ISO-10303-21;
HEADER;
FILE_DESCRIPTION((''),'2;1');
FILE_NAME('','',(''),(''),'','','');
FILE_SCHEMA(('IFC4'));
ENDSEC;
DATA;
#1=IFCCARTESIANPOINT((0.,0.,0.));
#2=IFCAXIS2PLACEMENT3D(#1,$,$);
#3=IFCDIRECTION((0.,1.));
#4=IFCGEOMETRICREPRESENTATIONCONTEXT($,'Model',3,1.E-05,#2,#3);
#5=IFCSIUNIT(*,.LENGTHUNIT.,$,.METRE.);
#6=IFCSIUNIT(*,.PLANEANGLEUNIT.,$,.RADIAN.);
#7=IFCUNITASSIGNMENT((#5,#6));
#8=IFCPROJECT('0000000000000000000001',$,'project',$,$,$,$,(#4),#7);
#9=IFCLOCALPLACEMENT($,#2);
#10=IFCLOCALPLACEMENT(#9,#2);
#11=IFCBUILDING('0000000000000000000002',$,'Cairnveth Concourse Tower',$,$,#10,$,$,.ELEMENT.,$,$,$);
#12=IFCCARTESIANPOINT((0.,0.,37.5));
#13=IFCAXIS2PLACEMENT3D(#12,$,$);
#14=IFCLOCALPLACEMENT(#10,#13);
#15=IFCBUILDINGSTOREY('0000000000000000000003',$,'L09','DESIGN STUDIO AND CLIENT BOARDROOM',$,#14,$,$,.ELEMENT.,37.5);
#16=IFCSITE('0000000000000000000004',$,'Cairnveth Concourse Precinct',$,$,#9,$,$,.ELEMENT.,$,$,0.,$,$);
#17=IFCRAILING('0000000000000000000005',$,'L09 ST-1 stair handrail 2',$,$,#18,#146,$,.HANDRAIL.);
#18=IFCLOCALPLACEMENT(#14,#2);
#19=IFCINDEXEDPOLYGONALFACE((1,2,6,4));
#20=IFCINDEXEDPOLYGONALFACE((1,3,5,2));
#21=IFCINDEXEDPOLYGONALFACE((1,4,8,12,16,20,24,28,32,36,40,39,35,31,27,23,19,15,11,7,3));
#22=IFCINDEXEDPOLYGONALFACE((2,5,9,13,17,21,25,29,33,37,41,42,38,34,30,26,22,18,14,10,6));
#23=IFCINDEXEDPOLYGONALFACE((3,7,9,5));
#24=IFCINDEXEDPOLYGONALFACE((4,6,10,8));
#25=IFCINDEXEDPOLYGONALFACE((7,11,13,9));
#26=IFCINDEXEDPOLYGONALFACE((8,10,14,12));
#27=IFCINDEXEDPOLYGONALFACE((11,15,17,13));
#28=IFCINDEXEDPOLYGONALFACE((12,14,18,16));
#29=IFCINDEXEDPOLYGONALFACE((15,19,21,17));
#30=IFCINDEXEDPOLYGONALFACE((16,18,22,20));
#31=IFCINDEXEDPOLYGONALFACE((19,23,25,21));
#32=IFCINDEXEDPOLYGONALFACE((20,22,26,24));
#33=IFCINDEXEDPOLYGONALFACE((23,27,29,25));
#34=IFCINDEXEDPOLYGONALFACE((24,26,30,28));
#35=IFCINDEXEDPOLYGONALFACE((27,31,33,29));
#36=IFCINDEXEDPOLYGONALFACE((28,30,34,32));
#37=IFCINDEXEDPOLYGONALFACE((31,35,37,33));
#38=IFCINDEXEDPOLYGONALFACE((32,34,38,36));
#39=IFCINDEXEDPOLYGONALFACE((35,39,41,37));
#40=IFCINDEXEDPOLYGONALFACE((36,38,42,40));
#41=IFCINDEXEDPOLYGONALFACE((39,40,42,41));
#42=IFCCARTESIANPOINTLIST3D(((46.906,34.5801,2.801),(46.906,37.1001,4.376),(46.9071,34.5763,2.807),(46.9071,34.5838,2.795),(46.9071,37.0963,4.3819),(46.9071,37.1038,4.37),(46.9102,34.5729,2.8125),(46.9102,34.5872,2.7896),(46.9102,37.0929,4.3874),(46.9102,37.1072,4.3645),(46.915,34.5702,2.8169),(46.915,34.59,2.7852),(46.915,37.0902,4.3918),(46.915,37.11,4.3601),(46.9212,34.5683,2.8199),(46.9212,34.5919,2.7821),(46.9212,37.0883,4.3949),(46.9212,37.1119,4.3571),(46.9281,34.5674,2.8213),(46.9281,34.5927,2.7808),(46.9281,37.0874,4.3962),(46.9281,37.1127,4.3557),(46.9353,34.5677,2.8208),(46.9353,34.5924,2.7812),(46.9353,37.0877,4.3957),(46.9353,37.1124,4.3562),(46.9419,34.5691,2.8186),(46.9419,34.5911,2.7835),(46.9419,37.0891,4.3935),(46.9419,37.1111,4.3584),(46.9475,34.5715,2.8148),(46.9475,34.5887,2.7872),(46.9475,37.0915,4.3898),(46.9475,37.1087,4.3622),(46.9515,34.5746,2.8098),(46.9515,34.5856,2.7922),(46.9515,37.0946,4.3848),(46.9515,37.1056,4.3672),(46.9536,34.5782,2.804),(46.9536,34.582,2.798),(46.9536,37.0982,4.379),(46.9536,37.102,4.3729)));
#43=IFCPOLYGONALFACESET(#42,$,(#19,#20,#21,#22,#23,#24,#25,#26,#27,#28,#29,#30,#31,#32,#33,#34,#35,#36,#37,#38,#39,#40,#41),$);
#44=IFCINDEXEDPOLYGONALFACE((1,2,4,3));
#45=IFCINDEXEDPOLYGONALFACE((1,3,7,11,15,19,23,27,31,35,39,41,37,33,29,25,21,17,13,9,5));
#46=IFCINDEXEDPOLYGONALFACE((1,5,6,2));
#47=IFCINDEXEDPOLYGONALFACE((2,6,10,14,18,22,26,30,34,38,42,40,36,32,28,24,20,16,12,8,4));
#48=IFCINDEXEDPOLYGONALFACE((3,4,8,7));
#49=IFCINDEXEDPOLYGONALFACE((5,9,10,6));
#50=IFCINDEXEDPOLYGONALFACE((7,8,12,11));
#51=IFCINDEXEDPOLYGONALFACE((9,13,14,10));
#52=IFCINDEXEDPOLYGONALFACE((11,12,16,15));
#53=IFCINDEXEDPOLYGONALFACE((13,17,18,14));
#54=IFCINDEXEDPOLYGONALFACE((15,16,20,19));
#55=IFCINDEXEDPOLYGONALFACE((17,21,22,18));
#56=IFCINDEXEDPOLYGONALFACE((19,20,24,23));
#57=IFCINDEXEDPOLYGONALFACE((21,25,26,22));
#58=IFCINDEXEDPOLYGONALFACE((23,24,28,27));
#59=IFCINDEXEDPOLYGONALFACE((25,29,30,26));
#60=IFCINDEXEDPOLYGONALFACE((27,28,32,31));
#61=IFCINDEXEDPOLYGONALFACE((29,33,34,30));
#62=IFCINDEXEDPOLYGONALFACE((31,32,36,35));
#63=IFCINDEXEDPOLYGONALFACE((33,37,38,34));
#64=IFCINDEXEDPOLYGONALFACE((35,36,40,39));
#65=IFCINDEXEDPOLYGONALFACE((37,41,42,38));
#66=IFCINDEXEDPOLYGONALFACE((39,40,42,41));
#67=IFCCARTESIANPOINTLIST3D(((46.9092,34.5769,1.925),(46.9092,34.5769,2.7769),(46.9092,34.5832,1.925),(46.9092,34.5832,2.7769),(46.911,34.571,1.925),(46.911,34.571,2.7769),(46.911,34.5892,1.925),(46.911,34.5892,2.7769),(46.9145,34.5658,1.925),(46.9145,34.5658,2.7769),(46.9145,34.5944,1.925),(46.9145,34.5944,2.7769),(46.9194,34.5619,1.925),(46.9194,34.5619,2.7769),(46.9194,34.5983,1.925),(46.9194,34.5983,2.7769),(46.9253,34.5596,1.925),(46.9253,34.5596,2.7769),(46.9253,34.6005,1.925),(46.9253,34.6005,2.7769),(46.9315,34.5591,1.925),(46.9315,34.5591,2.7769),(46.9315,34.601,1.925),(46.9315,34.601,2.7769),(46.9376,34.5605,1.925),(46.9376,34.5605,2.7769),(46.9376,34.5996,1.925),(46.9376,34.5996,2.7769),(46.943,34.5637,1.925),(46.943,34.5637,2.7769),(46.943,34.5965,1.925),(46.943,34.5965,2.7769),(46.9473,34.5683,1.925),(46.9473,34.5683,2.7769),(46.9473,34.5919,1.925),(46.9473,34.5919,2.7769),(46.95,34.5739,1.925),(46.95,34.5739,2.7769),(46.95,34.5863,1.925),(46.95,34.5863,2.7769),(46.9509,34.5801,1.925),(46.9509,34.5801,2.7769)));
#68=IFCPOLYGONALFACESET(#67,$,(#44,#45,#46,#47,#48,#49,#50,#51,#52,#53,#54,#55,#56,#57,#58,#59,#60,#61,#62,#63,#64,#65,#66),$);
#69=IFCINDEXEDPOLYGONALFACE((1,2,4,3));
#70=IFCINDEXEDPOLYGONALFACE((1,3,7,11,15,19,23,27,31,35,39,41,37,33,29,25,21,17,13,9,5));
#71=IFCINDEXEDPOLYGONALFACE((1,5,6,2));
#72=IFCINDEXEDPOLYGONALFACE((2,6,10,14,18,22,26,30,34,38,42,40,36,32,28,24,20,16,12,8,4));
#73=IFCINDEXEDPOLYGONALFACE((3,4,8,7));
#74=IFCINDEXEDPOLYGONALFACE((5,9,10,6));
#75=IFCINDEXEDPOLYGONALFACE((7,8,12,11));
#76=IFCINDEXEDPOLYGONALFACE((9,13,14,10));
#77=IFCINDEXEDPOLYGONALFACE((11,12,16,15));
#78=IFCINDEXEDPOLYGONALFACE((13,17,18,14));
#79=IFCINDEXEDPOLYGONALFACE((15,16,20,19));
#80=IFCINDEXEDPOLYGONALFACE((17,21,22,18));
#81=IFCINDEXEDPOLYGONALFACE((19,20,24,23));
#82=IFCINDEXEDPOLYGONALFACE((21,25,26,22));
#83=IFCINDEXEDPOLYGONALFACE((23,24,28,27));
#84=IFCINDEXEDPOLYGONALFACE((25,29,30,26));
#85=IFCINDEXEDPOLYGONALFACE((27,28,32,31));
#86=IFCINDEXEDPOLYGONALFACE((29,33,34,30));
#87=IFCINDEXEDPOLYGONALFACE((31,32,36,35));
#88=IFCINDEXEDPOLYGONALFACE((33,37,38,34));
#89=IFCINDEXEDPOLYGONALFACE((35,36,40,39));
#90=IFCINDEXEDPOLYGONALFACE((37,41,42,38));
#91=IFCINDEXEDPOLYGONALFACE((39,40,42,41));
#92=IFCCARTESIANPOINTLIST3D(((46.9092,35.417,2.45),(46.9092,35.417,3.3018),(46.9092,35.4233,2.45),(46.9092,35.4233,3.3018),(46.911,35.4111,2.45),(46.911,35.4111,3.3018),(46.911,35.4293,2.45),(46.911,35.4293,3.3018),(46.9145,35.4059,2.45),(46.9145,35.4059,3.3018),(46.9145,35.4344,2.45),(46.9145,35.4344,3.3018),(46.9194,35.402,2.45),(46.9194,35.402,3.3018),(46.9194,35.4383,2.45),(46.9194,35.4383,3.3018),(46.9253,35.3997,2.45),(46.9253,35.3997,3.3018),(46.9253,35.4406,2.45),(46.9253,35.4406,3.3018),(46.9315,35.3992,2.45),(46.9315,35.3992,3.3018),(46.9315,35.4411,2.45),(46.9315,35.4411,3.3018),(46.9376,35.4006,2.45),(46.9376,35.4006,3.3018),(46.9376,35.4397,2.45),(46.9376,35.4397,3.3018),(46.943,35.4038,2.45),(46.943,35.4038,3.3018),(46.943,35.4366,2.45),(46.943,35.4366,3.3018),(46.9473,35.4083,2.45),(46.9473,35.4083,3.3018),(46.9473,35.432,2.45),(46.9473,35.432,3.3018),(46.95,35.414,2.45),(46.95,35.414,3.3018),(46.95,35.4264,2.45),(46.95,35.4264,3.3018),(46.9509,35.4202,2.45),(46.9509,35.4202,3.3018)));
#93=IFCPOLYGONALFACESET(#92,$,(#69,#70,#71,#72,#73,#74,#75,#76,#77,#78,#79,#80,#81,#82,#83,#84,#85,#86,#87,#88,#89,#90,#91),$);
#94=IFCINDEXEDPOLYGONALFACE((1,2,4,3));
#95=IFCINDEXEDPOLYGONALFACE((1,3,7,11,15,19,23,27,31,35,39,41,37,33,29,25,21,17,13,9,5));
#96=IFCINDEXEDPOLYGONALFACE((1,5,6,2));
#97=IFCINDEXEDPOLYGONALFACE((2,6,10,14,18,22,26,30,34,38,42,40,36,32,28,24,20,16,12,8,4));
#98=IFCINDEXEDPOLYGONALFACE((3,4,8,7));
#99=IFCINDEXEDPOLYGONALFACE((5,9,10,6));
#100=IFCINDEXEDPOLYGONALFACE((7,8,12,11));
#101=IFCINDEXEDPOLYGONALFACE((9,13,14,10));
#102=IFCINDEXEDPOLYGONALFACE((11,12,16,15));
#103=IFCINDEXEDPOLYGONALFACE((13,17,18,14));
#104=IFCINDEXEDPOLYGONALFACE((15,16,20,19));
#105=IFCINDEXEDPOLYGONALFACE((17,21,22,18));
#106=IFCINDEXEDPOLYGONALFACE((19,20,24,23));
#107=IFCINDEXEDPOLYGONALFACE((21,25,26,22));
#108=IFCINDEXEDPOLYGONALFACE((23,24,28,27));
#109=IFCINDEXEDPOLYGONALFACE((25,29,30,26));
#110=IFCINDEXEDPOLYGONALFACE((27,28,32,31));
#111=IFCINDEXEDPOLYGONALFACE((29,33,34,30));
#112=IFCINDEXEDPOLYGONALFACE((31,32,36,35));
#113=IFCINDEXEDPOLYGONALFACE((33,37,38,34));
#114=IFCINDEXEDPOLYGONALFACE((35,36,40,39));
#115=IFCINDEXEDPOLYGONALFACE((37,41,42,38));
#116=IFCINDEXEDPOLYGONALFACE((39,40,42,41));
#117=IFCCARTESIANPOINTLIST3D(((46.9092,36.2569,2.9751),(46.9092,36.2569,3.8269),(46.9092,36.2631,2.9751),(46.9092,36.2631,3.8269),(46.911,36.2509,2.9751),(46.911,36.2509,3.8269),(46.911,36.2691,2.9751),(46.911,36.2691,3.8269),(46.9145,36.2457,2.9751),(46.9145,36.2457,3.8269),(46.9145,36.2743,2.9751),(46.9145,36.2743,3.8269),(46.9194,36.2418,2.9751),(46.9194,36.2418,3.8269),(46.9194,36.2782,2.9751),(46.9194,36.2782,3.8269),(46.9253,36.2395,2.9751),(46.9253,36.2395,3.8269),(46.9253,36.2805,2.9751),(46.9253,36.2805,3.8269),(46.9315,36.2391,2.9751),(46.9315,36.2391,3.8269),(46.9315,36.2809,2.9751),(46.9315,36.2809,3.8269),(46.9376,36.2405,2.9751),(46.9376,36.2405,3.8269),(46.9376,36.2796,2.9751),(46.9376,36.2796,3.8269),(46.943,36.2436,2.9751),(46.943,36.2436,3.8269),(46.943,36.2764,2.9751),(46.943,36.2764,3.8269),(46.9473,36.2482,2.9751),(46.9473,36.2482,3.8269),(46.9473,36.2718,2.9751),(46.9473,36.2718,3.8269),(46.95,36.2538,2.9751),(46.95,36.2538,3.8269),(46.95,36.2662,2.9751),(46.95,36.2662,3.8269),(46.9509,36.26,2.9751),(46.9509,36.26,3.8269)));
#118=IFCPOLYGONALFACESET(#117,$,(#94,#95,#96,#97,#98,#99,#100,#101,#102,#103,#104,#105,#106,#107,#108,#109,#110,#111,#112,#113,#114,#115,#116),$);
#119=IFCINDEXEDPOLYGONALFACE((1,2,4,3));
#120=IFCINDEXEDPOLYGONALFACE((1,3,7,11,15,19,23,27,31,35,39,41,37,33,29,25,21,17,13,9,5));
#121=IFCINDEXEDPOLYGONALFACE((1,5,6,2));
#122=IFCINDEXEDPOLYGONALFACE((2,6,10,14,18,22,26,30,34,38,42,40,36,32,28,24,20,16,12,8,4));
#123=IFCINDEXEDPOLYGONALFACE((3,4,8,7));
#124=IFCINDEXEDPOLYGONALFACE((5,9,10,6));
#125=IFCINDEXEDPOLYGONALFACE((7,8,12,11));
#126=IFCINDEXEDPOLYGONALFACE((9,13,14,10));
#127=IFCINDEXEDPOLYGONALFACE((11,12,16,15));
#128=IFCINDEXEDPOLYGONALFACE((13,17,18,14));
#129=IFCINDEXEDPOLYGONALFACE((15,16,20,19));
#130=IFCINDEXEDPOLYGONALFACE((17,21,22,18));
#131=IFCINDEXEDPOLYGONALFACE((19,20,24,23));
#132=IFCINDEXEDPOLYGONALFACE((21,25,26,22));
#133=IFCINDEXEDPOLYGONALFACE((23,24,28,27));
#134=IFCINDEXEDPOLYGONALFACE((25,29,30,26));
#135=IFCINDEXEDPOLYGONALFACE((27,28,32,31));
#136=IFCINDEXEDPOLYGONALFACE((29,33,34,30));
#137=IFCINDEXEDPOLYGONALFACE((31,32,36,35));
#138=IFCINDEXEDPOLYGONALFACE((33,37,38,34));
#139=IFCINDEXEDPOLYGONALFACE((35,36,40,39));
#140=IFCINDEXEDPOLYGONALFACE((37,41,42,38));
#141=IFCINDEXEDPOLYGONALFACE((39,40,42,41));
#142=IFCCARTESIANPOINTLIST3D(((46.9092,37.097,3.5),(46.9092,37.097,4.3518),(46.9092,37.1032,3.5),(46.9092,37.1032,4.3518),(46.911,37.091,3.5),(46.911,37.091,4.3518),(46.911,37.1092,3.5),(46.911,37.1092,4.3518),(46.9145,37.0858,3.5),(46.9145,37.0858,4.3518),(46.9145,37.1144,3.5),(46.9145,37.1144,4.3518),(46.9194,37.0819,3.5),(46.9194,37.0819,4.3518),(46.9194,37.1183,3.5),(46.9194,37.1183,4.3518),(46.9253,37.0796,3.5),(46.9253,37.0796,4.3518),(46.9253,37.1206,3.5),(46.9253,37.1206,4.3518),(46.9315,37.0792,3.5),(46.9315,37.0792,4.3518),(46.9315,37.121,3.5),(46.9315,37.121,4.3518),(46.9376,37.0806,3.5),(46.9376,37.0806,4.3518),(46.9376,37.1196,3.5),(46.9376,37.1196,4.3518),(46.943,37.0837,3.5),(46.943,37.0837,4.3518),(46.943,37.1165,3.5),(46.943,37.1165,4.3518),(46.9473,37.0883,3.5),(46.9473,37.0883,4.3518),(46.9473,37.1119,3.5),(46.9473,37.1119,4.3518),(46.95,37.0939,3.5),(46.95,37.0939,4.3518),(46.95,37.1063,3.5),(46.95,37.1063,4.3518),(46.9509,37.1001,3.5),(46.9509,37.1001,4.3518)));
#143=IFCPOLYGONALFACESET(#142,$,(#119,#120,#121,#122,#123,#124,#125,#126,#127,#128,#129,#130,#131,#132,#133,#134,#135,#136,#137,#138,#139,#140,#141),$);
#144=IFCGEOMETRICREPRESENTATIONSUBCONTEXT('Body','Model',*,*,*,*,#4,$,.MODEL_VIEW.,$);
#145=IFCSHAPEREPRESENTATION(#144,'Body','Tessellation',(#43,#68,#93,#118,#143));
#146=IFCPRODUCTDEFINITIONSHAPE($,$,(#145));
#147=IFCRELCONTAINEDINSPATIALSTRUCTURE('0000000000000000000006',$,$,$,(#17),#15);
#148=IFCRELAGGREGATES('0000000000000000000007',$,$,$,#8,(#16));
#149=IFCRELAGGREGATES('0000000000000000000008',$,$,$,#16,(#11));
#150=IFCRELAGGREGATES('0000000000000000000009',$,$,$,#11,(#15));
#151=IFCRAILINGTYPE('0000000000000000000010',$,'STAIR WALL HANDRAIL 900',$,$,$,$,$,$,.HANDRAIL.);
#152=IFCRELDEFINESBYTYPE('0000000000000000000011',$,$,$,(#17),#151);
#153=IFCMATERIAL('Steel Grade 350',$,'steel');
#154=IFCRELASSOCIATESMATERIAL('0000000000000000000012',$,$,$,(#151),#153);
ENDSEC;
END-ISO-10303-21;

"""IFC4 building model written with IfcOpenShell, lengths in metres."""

from ifc_helpers import new_model, si_unit, direction, frame, origin, origin_2d, place, context, subcontext, project, spatial, circle, extrude, material, type_object, element, save


model = new_model("IFC4")

# Units and contexts
model_context = context("Model", 3, precision=1e-05, world=origin(), true_north=direction((0.0, 1.0)))
body_context = subcontext(model_context, "Body", "Model", "MODEL_VIEW")
ifc_project = project(units=[si_unit("LENGTHUNIT", "METRE"), si_unit("PLANEANGLEUNIT", "RADIAN")], contexts=[model_context])

# Site, building, storey
site_placement = place(None, origin())
site = spatial("IfcSite", under=ifc_project, at=site_placement, Name="Cairnveth Concourse Precinct", CompositionType="ELEMENT", RefElevation=0.0)
building_placement = place(site_placement, origin())
building = spatial("IfcBuilding", under=site, at=building_placement, Name="Cairnveth Concourse Tower", CompositionType="ELEMENT")
storey_placement = place(building_placement, frame((0.0, 0.0, 37.5)))
storey = spatial("IfcBuildingStorey", under=building, at=storey_placement, Name="L09", Description="DESIGN STUDIO AND CLIENT BOARDROOM", CompositionType="ELEMENT", Elevation=37.5)

# Railing
ifc_material_1 = material(Name="Steel Grade 350", Category="steel")
railing_type_1 = type_object("IfcRailingType", Name="STAIR WALL HANDRAIL 900", PredefinedType="HANDRAIL", material=ifc_material_1)
railing_1_placement = place(storey_placement, frame((46.9299, 34.5801, 1.925)))
element("IfcRailing", 1, at=railing_1_placement, inside=storey, type_object=railing_type_1, Name="L09 ST-1 stair handrail 2", PredefinedType="HANDRAIL", context=body_context, shape_type="SweptSolid", body=[
    extrude(circle(Radius=0.0239, at=origin_2d()), frame((0.0, 0.0, 0.876), z_axis=(0.0, 0.848008, 0.529984), x_axis=(-1.0, 0.0, 0.0)), (0.0, 0.0, 1.0), 2.9717),
    extrude(circle(Radius=0.021, at=origin_2d()), origin(), (0.0, 0.0, 1.0), 0.8518),
    extrude(circle(Radius=0.021, at=origin_2d()), frame((0.0, 0.8401, 0.5249)), (0.0, 0.0, 1.0), 0.8518),
    extrude(circle(Radius=0.021, at=origin_2d()), frame((0.0, 1.6799, 1.05)), (0.0, 0.0, 1.0), 0.8518),
    extrude(circle(Radius=0.021, at=origin_2d()), frame((0.0, 2.52, 1.575)), (0.0, 0.0, 1.0), 0.8518),
])

save(model, "model.ifc")
